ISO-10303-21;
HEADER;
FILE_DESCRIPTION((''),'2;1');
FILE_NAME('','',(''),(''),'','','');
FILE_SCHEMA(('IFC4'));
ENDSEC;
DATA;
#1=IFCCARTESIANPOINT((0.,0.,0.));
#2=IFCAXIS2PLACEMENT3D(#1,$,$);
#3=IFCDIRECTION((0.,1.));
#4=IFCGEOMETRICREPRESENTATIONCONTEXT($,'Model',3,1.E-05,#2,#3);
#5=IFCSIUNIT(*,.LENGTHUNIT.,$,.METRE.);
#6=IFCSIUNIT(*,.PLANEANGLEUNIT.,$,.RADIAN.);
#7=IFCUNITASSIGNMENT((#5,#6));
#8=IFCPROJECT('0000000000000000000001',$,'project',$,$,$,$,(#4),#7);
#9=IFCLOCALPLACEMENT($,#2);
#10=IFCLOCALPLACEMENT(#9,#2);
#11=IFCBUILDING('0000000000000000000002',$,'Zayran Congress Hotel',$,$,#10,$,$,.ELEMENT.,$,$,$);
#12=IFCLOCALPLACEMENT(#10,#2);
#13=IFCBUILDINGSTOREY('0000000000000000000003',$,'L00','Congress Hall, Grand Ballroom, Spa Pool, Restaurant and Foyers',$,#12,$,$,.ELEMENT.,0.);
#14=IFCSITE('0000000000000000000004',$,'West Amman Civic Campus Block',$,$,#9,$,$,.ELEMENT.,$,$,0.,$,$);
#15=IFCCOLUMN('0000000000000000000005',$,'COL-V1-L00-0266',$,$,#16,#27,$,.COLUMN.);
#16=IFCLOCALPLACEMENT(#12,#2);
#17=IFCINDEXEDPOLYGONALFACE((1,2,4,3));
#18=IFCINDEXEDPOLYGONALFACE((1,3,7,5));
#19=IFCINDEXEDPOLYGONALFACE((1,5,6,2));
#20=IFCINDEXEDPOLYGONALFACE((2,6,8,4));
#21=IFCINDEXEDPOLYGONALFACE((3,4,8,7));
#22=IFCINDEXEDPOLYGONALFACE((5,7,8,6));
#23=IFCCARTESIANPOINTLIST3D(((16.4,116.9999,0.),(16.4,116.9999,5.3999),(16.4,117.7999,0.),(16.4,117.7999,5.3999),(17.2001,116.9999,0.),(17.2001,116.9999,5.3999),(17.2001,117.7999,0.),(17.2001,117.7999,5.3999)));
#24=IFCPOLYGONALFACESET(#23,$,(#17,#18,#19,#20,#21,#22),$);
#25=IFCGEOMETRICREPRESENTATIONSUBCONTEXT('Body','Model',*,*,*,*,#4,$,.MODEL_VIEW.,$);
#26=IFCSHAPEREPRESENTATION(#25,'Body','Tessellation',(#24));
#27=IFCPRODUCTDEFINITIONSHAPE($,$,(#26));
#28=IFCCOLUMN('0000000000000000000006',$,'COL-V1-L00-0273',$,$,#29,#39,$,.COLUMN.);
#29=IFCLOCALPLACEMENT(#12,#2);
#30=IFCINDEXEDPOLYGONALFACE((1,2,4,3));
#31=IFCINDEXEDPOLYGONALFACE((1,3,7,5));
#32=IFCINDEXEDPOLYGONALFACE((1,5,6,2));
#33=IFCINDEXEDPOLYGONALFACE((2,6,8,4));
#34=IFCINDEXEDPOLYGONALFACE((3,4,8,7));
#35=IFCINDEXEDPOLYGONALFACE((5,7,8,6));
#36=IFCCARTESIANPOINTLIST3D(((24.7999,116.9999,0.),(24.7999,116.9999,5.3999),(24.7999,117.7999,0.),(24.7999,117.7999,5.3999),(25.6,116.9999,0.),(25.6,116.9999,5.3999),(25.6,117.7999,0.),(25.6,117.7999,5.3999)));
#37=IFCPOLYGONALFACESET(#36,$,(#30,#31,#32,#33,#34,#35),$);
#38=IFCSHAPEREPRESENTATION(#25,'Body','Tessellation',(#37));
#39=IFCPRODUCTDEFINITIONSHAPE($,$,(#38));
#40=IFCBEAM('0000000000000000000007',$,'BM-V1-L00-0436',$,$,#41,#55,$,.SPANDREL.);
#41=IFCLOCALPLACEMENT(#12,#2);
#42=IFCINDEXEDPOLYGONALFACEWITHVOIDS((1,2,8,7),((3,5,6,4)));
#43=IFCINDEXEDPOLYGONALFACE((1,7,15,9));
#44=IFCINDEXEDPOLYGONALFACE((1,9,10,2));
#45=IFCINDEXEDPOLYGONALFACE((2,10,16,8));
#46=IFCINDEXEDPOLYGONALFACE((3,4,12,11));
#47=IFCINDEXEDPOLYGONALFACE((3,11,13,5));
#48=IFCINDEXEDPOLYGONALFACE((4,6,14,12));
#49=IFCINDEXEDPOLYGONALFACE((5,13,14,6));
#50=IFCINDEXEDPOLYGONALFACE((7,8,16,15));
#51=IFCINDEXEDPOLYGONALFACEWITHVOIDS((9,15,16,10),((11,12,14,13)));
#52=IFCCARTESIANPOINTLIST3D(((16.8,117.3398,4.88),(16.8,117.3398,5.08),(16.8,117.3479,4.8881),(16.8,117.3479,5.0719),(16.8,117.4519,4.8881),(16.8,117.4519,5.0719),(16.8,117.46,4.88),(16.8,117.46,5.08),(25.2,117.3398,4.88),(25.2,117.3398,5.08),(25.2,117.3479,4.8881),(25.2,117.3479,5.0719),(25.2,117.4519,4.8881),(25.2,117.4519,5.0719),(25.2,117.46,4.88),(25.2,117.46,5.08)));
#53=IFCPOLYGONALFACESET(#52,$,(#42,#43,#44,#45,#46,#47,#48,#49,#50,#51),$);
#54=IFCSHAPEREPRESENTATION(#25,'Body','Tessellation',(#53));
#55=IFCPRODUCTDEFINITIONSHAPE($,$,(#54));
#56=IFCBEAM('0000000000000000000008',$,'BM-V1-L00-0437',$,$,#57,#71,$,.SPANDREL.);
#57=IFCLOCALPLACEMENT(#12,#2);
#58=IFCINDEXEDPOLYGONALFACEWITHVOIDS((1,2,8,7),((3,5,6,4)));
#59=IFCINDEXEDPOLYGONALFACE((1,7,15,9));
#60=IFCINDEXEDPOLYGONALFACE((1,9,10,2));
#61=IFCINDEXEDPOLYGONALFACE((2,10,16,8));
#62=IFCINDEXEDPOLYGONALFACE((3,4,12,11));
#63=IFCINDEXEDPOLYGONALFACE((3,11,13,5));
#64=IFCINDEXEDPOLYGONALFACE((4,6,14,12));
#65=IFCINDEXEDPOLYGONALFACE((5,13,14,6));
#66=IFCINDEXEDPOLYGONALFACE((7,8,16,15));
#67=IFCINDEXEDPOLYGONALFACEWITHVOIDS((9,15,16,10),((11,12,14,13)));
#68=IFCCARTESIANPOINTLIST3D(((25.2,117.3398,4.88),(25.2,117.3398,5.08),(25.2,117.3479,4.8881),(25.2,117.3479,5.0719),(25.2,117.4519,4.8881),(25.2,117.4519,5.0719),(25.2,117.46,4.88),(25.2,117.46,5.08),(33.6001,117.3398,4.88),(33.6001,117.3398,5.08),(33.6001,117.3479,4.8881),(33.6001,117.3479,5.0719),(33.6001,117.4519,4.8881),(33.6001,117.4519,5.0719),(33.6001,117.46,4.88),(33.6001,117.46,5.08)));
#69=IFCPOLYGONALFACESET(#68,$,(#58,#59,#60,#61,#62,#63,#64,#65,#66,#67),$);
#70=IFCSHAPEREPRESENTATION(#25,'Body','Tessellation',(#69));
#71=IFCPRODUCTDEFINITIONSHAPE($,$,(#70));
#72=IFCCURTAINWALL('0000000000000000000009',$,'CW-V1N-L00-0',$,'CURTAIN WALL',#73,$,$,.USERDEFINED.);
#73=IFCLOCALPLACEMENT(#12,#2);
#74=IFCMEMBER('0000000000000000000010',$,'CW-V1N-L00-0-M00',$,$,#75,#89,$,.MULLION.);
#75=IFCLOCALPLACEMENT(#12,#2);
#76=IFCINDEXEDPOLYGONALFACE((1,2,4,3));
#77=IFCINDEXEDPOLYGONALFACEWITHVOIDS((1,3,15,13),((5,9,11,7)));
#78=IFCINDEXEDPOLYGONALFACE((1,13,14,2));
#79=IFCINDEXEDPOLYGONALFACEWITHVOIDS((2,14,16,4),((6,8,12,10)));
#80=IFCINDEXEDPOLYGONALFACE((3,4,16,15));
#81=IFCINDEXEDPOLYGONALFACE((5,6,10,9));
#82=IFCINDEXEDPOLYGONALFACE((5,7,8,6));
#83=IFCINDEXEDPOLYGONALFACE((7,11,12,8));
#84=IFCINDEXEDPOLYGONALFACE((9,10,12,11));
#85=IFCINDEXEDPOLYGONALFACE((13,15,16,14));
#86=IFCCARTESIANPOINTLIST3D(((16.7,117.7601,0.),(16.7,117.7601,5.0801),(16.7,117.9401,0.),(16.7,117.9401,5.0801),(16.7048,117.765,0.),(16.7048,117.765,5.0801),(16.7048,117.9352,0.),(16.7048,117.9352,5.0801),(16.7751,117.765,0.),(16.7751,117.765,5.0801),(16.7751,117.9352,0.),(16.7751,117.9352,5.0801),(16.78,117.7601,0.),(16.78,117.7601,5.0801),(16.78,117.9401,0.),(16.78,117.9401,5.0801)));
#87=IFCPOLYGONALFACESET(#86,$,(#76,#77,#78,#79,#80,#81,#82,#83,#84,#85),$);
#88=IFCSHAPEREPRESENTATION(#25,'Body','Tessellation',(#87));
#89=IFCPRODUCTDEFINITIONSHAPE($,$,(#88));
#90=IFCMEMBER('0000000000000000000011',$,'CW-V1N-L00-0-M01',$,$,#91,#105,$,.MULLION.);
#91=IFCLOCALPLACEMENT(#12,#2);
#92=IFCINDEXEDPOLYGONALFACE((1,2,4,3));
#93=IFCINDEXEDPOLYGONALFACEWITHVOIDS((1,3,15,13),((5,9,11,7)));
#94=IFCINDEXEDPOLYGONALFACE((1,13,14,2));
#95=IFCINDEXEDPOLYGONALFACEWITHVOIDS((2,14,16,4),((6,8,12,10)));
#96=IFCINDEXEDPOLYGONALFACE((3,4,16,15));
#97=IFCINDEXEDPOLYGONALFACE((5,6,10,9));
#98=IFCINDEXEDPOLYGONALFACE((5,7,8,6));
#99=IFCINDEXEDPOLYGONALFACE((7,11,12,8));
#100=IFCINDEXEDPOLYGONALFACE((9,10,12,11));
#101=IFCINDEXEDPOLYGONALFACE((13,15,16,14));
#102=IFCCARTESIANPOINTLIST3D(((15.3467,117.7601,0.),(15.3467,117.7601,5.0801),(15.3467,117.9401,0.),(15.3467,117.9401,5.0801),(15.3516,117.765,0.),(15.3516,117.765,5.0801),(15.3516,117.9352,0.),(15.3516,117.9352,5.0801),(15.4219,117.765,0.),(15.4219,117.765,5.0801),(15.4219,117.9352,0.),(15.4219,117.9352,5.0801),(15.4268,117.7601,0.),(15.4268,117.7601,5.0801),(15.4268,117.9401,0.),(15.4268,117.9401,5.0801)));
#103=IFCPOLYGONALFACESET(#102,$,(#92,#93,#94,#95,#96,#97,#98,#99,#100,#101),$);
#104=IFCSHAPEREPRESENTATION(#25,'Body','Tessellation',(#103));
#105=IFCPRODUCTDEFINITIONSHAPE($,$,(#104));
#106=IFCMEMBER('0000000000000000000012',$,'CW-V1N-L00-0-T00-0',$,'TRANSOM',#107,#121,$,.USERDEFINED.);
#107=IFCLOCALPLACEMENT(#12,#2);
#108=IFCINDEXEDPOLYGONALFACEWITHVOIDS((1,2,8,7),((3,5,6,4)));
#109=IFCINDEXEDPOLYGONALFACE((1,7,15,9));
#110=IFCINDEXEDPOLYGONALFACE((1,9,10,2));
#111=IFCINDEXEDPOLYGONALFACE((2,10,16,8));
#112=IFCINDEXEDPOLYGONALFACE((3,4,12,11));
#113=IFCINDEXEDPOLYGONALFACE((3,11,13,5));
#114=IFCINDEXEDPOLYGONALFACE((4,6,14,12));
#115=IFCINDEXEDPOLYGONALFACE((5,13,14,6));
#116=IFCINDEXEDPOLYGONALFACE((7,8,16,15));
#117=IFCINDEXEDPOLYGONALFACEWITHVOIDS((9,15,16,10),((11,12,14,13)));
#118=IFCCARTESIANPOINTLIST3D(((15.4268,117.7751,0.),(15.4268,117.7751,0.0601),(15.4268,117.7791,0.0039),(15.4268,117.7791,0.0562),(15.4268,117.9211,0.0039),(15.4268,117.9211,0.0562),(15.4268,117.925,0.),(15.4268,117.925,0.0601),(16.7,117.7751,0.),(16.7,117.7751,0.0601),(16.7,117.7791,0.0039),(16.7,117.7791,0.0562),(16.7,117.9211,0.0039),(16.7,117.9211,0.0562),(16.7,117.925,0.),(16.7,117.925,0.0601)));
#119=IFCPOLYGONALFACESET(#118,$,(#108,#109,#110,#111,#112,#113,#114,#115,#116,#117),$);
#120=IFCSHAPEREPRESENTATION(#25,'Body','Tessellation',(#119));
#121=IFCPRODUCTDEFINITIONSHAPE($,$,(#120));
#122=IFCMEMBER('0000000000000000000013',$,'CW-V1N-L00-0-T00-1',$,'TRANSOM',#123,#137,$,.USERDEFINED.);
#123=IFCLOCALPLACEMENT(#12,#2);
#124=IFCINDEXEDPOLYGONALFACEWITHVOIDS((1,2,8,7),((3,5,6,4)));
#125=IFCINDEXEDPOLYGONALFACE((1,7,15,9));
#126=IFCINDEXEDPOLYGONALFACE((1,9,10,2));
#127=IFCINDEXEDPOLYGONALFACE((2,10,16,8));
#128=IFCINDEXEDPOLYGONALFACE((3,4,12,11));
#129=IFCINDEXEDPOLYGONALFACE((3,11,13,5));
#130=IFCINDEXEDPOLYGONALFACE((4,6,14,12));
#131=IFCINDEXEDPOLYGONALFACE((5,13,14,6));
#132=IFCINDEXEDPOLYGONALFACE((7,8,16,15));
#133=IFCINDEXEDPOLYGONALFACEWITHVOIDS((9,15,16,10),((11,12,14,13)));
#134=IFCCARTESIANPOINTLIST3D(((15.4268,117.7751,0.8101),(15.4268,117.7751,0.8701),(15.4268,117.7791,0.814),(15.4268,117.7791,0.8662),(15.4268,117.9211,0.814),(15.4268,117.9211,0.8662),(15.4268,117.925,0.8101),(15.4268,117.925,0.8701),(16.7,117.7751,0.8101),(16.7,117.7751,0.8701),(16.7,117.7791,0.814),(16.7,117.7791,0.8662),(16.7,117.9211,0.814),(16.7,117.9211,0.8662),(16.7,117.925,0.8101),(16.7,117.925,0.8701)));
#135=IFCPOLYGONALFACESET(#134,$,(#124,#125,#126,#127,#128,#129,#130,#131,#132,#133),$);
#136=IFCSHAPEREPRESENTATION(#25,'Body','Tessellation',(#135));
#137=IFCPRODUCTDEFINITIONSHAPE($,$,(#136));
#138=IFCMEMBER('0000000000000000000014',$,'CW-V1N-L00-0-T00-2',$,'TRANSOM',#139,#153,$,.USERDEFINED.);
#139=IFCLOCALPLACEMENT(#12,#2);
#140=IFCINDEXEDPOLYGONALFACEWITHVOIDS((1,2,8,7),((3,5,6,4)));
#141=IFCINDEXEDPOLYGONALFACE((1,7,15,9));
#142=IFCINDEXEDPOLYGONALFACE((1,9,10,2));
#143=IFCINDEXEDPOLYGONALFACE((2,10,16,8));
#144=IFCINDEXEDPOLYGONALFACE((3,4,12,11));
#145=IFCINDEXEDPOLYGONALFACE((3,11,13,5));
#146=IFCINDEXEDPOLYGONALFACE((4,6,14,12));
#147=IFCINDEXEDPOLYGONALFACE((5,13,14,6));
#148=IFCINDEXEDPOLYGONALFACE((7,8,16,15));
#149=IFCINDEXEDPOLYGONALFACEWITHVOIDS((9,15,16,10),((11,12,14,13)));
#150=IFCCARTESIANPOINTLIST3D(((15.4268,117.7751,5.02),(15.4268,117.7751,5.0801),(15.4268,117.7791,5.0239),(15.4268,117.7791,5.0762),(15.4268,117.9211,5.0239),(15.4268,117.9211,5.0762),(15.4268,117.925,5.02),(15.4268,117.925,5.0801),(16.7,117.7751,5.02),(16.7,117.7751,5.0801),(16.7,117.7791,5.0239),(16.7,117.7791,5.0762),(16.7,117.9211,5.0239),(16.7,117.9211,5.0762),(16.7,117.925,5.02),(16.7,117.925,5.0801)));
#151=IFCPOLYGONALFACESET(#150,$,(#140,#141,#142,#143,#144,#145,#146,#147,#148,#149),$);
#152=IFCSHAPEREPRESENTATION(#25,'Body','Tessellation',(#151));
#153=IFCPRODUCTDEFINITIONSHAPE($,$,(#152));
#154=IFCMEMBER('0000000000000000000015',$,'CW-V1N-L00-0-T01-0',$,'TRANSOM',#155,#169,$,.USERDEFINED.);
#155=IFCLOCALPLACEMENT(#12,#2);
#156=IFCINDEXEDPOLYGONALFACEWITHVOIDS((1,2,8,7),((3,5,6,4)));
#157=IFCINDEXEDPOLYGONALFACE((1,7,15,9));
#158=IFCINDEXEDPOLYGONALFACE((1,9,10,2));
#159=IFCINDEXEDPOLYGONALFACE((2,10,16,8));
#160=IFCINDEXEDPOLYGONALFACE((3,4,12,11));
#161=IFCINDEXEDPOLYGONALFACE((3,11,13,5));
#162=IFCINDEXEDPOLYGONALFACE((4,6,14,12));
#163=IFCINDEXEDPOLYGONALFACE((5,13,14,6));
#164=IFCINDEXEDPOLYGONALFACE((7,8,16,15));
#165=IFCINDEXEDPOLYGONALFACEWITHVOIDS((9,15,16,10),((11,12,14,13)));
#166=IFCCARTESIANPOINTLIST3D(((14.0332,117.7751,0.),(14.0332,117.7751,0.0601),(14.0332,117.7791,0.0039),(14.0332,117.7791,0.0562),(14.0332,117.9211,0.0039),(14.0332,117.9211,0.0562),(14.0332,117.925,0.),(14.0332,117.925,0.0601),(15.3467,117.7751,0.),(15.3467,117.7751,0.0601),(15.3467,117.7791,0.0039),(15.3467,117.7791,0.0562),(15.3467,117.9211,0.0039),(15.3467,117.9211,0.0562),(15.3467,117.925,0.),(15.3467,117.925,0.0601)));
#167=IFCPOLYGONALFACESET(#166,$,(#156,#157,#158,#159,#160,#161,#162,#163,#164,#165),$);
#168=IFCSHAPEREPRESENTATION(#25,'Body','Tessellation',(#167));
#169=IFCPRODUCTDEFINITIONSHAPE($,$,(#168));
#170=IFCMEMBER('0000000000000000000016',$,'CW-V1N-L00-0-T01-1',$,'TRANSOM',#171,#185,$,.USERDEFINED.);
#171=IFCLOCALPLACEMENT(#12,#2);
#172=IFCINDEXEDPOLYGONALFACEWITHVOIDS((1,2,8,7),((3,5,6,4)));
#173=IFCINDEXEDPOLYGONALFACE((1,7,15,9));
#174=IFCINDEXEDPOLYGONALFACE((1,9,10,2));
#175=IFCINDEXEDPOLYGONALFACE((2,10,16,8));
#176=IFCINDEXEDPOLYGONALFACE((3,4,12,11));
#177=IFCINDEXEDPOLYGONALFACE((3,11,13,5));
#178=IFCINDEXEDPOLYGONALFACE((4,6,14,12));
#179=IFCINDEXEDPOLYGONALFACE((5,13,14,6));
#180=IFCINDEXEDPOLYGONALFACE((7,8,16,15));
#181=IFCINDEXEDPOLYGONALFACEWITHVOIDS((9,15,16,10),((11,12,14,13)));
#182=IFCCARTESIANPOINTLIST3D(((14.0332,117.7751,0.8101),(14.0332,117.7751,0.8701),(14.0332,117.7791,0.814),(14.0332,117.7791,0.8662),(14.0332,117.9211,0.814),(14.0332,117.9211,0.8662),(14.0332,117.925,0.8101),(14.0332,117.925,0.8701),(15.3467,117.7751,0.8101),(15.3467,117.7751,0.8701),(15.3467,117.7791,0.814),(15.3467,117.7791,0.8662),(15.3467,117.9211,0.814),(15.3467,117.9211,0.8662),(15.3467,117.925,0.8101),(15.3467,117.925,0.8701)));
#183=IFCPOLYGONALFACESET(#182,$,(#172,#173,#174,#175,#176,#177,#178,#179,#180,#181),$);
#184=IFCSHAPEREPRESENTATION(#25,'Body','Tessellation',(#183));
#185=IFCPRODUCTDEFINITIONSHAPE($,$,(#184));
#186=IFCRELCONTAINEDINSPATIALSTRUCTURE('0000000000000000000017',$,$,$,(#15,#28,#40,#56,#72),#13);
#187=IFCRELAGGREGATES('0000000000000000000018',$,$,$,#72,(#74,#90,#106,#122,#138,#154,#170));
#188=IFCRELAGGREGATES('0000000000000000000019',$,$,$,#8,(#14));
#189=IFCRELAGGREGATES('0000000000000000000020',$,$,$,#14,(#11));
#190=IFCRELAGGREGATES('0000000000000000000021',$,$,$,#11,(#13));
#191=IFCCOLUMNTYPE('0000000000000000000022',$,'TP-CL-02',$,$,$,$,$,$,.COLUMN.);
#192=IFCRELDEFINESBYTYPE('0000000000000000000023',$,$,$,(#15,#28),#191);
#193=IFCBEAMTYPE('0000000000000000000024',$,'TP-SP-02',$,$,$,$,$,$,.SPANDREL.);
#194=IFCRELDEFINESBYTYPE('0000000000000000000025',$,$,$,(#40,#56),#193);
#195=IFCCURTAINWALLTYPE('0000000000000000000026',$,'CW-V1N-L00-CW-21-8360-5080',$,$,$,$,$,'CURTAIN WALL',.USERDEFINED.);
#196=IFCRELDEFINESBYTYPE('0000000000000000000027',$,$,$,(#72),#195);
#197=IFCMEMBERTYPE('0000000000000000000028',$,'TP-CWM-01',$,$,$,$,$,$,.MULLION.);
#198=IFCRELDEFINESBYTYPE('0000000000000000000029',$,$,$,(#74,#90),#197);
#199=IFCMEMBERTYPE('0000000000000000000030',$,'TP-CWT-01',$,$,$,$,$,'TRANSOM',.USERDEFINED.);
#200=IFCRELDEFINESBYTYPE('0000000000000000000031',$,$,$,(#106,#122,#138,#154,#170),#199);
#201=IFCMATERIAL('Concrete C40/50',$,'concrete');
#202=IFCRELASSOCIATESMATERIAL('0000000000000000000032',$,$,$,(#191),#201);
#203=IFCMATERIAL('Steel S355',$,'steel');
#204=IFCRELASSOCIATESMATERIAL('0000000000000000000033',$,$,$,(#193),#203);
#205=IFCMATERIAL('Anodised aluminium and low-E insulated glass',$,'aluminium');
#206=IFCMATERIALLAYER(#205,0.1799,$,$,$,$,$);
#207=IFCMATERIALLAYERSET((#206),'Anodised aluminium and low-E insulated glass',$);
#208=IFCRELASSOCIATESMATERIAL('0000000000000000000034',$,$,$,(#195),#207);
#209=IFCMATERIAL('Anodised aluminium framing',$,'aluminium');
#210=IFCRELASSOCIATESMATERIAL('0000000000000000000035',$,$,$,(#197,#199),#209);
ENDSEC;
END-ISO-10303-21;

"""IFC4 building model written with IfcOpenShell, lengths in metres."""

from ifc_helpers import new_model, si_unit, direction, frame, origin, origin_2d, place, context, subcontext, project, spatial, rectangle, hollow_rectangle, extrude, material, layer, layer_set, material_profile, profile_set, type_object, element, aggregate, save


model = new_model("IFC4")

# Units and contexts
model_context = context("Model", 3, precision=1e-05, world=origin(), true_north=direction((0.0, 1.0)))
body_context = subcontext(model_context, "Body", "Model", "MODEL_VIEW")
ifc_project = project(units=[si_unit("LENGTHUNIT", "METRE"), si_unit("PLANEANGLEUNIT", "RADIAN")], contexts=[model_context])

# Site, building, storey
site_placement = place(None, origin())
site = spatial("IfcSite", under=ifc_project, at=site_placement, Name="West Amman Civic Campus Block", CompositionType="ELEMENT", RefElevation=0.0)
building_placement = place(site_placement, origin())
building = spatial("IfcBuilding", under=site, at=building_placement, Name="Zayran Congress Hotel", CompositionType="ELEMENT")
storey_placement = place(building_placement, origin())
storey = spatial("IfcBuildingStorey", under=building, at=storey_placement, Name="L00", Description="Congress Hall, Grand Ballroom, Spa Pool, Restaurant and Foyers", CompositionType="ELEMENT", Elevation=0.0)

# Columns
ifc_material_1 = material(Name="Concrete C40/50", Category="concrete")
ifc_material_profile_1 = material_profile(ifc_material_1, rectangle(XDim=0.8, YDim=0.8, at=origin_2d()), Name="RC 800x800")
ifc_profile_set_1 = profile_set([ifc_material_profile_1], Name="Concrete C40/50")
column_type = type_object("IfcColumnType", Name="TP-CL-02", PredefinedType="COLUMN", material=ifc_profile_set_1)
for number, where, z_axis, x_axis, name in (
    (1, (16.8, 117.3999, 0.0), (0.0, 0.0, 1.0), (1.0, 0.0, 0.0), "COL-V1-L00-0266"),
    (2, (25.2, 117.3999, 0.0), (0.0, 0.0, 1.0), (1.0, 0.0, 0.0), "COL-V1-L00-0273"),
):
    element("IfcColumn", number, at=place(storey_placement, frame(where, z_axis=z_axis, x_axis=x_axis)), inside=storey, type_object=column_type, Name=name, PredefinedType="COLUMN", context=body_context, shape_type="SweptSolid", body=[
        extrude(rectangle(XDim=0.8, YDim=0.8, at=origin_2d()), origin(), (0.0, 0.0, 1.0), 5.3999),
    ])

# Beams
ifc_material_2 = material(Name="Steel S355", Category="steel")
ifc_material_profile_2 = material_profile(ifc_material_2, hollow_rectangle(XDim=0.1201, YDim=0.2, WallThickness=0.0081, at=origin_2d()), Name="RHS 200x120x8")
ifc_profile_set_2 = profile_set([ifc_material_profile_2], Name="Steel S355")
beam_type = type_object("IfcBeamType", Name="TP-SP-02", PredefinedType="SPANDREL", material=ifc_profile_set_2)
beam_1_placement = place(storey_placement, frame((16.8, 117.3999, 4.98), z_axis=(1.0, 0.0, 0.0), x_axis=(0.0, 1.0, 0.0)))
element("IfcBeam", 3, at=beam_1_placement, inside=storey, type_object=beam_type, Name="BM-V1-L00-0436", PredefinedType="SPANDREL", context=body_context, shape_type="SweptSolid", body=[
    extrude(hollow_rectangle(XDim=0.1201, YDim=0.2, WallThickness=0.0081, at=origin_2d()), origin(), (0.0, 0.0, 1.0), 8.3999),
])
beam_2_placement = place(storey_placement, frame((25.2, 117.3999, 4.98), z_axis=(1.0, 0.0, 0.0), x_axis=(0.0, 1.0, 0.0)))
element("IfcBeam", 4, at=beam_2_placement, inside=storey, type_object=beam_type, Name="BM-V1-L00-0437", PredefinedType="SPANDREL", context=body_context, shape_type="SweptSolid", body=[
    extrude(hollow_rectangle(XDim=0.1201, YDim=0.2, WallThickness=0.0081, at=origin_2d()), origin(), (0.0, 0.0, 1.0), 8.4001),
])

# Curtain wall, members
ifc_material_3 = material(Name="Anodised aluminium and low-E insulated glass", Category="aluminium")
ifc_layer_1 = layer(ifc_material_3, 0.1799)
ifc_layer_set_1 = layer_set([ifc_layer_1], Name="Anodised aluminium and low-E insulated glass")
curtain_wall_type = type_object("IfcCurtainWallType", Name="CW-V1N-L00-CW-21-8360-5080", ElementType="CURTAIN WALL", PredefinedType="USERDEFINED", material=ifc_layer_set_1)
curtain_wall_placement = place(storey_placement, origin())
curtain_wall = element("IfcCurtainWall", 5, at=curtain_wall_placement, inside=storey, type_object=curtain_wall_type, Name="CW-V1N-L00-0", ObjectType="CURTAIN WALL", PredefinedType="USERDEFINED")
ifc_material_4 = material(Name="Anodised aluminium framing", Category="aluminium")
ifc_material_profile_3 = material_profile(ifc_material_4, hollow_rectangle(XDim=0.0801, YDim=0.1799, WallThickness=0.0049, at=origin_2d()), Name="RHS 180x80x5")
ifc_profile_set_3 = profile_set([ifc_material_profile_3], Name="Anodised aluminium framing")
member_type_1 = type_object("IfcMemberType", Name="TP-CWM-01", PredefinedType="MULLION", material=ifc_profile_set_3)
member_1_placement = place(storey_placement, frame((16.74, 117.8501, 0.0), z_axis=(0.0, 0.0, 1.0), x_axis=(1.0, 0.0, 0.0)))
member_1 = element("IfcMember", 6, at=member_1_placement, type_object=member_type_1, Name="CW-V1N-L00-0-M00", PredefinedType="MULLION", context=body_context, shape_type="SweptSolid", body=[
    extrude(hollow_rectangle(XDim=0.0801, YDim=0.1799, WallThickness=0.0049, at=origin_2d()), origin(), (0.0, 0.0, 1.0), 5.0801),
])
member_2_placement = place(storey_placement, frame((15.3867, 117.8501, 0.0), z_axis=(0.0, 0.0, 1.0), x_axis=(1.0, 0.0, 0.0)))
member_2 = element("IfcMember", 7, at=member_2_placement, type_object=member_type_1, Name="CW-V1N-L00-0-M01", PredefinedType="MULLION", context=body_context, shape_type="SweptSolid", body=[
    extrude(hollow_rectangle(XDim=0.0801, YDim=0.1799, WallThickness=0.0049, at=origin_2d()), origin(), (0.0, 0.0, 1.0), 5.0801),
])
ifc_material_profile_4 = material_profile(ifc_material_4, hollow_rectangle(XDim=0.0601, YDim=0.1499, WallThickness=0.0039, at=origin_2d()), Name="RHS 150x60x4")
ifc_profile_set_4 = profile_set([ifc_material_profile_4], Name="Anodised aluminium framing")
member_type_2 = type_object("IfcMemberType", Name="TP-CWT-01", ElementType="TRANSOM", PredefinedType="USERDEFINED", material=ifc_profile_set_4)
member_3_placement = place(storey_placement, frame((16.7, 117.8501, 0.03), z_axis=(-1.0, 0.0, 0.0), x_axis=(0.0, 0.0, 1.0)))
member_3 = element("IfcMember", 8, at=member_3_placement, type_object=member_type_2, Name="CW-V1N-L00-0-T00-0", ObjectType="TRANSOM", PredefinedType="USERDEFINED", context=body_context, shape_type="SweptSolid", body=[
    extrude(hollow_rectangle(XDim=0.0601, YDim=0.1499, WallThickness=0.0039, at=origin_2d()), origin(), (0.0, 0.0, 1.0), 1.2732),
])
member_4_placement = place(storey_placement, frame((16.7, 117.8501, 0.8401), z_axis=(-1.0, 0.0, 0.0), x_axis=(0.0, 0.0, 1.0)))
member_4 = element("IfcMember", 9, at=member_4_placement, type_object=member_type_2, Name="CW-V1N-L00-0-T00-1", ObjectType="TRANSOM", PredefinedType="USERDEFINED", context=body_context, shape_type="SweptSolid", body=[
    extrude(hollow_rectangle(XDim=0.0601, YDim=0.1499, WallThickness=0.0039, at=origin_2d()), origin(), (0.0, 0.0, 1.0), 1.2732),
])
member_5_placement = place(storey_placement, frame((16.7, 117.8501, 5.05), z_axis=(-1.0, 0.0, 0.0), x_axis=(0.0, 0.0, 1.0)))
member_5 = element("IfcMember", 10, at=member_5_placement, type_object=member_type_2, Name="CW-V1N-L00-0-T00-2", ObjectType="TRANSOM", PredefinedType="USERDEFINED", context=body_context, shape_type="SweptSolid", body=[
    extrude(hollow_rectangle(XDim=0.0601, YDim=0.1499, WallThickness=0.0039, at=origin_2d()), origin(), (0.0, 0.0, 1.0), 1.2732),
])
member_6_placement = place(storey_placement, frame((15.3467, 117.8501, 0.03), z_axis=(-1.0, 0.0, 0.0), x_axis=(0.0, 0.0, 1.0)))
member_6 = element("IfcMember", 11, at=member_6_placement, type_object=member_type_2, Name="CW-V1N-L00-0-T01-0", ObjectType="TRANSOM", PredefinedType="USERDEFINED", context=body_context, shape_type="SweptSolid", body=[
    extrude(hollow_rectangle(XDim=0.0601, YDim=0.1499, WallThickness=0.0039, at=origin_2d()), origin(), (0.0, 0.0, 1.0), 1.3135),
])
member_7_placement = place(storey_placement, frame((15.3467, 117.8501, 0.8401), z_axis=(-1.0, 0.0, 0.0), x_axis=(0.0, 0.0, 1.0)))
member_7 = element("IfcMember", 12, at=member_7_placement, type_object=member_type_2, Name="CW-V1N-L00-0-T01-1", ObjectType="TRANSOM", PredefinedType="USERDEFINED", context=body_context, shape_type="SweptSolid", body=[
    extrude(hollow_rectangle(XDim=0.0601, YDim=0.1499, WallThickness=0.0039, at=origin_2d()), origin(), (0.0, 0.0, 1.0), 1.3135),
])
aggregate(curtain_wall, [member_1, member_2, member_3, member_4, member_5, member_6, member_7])

save(model, "model.ifc")
